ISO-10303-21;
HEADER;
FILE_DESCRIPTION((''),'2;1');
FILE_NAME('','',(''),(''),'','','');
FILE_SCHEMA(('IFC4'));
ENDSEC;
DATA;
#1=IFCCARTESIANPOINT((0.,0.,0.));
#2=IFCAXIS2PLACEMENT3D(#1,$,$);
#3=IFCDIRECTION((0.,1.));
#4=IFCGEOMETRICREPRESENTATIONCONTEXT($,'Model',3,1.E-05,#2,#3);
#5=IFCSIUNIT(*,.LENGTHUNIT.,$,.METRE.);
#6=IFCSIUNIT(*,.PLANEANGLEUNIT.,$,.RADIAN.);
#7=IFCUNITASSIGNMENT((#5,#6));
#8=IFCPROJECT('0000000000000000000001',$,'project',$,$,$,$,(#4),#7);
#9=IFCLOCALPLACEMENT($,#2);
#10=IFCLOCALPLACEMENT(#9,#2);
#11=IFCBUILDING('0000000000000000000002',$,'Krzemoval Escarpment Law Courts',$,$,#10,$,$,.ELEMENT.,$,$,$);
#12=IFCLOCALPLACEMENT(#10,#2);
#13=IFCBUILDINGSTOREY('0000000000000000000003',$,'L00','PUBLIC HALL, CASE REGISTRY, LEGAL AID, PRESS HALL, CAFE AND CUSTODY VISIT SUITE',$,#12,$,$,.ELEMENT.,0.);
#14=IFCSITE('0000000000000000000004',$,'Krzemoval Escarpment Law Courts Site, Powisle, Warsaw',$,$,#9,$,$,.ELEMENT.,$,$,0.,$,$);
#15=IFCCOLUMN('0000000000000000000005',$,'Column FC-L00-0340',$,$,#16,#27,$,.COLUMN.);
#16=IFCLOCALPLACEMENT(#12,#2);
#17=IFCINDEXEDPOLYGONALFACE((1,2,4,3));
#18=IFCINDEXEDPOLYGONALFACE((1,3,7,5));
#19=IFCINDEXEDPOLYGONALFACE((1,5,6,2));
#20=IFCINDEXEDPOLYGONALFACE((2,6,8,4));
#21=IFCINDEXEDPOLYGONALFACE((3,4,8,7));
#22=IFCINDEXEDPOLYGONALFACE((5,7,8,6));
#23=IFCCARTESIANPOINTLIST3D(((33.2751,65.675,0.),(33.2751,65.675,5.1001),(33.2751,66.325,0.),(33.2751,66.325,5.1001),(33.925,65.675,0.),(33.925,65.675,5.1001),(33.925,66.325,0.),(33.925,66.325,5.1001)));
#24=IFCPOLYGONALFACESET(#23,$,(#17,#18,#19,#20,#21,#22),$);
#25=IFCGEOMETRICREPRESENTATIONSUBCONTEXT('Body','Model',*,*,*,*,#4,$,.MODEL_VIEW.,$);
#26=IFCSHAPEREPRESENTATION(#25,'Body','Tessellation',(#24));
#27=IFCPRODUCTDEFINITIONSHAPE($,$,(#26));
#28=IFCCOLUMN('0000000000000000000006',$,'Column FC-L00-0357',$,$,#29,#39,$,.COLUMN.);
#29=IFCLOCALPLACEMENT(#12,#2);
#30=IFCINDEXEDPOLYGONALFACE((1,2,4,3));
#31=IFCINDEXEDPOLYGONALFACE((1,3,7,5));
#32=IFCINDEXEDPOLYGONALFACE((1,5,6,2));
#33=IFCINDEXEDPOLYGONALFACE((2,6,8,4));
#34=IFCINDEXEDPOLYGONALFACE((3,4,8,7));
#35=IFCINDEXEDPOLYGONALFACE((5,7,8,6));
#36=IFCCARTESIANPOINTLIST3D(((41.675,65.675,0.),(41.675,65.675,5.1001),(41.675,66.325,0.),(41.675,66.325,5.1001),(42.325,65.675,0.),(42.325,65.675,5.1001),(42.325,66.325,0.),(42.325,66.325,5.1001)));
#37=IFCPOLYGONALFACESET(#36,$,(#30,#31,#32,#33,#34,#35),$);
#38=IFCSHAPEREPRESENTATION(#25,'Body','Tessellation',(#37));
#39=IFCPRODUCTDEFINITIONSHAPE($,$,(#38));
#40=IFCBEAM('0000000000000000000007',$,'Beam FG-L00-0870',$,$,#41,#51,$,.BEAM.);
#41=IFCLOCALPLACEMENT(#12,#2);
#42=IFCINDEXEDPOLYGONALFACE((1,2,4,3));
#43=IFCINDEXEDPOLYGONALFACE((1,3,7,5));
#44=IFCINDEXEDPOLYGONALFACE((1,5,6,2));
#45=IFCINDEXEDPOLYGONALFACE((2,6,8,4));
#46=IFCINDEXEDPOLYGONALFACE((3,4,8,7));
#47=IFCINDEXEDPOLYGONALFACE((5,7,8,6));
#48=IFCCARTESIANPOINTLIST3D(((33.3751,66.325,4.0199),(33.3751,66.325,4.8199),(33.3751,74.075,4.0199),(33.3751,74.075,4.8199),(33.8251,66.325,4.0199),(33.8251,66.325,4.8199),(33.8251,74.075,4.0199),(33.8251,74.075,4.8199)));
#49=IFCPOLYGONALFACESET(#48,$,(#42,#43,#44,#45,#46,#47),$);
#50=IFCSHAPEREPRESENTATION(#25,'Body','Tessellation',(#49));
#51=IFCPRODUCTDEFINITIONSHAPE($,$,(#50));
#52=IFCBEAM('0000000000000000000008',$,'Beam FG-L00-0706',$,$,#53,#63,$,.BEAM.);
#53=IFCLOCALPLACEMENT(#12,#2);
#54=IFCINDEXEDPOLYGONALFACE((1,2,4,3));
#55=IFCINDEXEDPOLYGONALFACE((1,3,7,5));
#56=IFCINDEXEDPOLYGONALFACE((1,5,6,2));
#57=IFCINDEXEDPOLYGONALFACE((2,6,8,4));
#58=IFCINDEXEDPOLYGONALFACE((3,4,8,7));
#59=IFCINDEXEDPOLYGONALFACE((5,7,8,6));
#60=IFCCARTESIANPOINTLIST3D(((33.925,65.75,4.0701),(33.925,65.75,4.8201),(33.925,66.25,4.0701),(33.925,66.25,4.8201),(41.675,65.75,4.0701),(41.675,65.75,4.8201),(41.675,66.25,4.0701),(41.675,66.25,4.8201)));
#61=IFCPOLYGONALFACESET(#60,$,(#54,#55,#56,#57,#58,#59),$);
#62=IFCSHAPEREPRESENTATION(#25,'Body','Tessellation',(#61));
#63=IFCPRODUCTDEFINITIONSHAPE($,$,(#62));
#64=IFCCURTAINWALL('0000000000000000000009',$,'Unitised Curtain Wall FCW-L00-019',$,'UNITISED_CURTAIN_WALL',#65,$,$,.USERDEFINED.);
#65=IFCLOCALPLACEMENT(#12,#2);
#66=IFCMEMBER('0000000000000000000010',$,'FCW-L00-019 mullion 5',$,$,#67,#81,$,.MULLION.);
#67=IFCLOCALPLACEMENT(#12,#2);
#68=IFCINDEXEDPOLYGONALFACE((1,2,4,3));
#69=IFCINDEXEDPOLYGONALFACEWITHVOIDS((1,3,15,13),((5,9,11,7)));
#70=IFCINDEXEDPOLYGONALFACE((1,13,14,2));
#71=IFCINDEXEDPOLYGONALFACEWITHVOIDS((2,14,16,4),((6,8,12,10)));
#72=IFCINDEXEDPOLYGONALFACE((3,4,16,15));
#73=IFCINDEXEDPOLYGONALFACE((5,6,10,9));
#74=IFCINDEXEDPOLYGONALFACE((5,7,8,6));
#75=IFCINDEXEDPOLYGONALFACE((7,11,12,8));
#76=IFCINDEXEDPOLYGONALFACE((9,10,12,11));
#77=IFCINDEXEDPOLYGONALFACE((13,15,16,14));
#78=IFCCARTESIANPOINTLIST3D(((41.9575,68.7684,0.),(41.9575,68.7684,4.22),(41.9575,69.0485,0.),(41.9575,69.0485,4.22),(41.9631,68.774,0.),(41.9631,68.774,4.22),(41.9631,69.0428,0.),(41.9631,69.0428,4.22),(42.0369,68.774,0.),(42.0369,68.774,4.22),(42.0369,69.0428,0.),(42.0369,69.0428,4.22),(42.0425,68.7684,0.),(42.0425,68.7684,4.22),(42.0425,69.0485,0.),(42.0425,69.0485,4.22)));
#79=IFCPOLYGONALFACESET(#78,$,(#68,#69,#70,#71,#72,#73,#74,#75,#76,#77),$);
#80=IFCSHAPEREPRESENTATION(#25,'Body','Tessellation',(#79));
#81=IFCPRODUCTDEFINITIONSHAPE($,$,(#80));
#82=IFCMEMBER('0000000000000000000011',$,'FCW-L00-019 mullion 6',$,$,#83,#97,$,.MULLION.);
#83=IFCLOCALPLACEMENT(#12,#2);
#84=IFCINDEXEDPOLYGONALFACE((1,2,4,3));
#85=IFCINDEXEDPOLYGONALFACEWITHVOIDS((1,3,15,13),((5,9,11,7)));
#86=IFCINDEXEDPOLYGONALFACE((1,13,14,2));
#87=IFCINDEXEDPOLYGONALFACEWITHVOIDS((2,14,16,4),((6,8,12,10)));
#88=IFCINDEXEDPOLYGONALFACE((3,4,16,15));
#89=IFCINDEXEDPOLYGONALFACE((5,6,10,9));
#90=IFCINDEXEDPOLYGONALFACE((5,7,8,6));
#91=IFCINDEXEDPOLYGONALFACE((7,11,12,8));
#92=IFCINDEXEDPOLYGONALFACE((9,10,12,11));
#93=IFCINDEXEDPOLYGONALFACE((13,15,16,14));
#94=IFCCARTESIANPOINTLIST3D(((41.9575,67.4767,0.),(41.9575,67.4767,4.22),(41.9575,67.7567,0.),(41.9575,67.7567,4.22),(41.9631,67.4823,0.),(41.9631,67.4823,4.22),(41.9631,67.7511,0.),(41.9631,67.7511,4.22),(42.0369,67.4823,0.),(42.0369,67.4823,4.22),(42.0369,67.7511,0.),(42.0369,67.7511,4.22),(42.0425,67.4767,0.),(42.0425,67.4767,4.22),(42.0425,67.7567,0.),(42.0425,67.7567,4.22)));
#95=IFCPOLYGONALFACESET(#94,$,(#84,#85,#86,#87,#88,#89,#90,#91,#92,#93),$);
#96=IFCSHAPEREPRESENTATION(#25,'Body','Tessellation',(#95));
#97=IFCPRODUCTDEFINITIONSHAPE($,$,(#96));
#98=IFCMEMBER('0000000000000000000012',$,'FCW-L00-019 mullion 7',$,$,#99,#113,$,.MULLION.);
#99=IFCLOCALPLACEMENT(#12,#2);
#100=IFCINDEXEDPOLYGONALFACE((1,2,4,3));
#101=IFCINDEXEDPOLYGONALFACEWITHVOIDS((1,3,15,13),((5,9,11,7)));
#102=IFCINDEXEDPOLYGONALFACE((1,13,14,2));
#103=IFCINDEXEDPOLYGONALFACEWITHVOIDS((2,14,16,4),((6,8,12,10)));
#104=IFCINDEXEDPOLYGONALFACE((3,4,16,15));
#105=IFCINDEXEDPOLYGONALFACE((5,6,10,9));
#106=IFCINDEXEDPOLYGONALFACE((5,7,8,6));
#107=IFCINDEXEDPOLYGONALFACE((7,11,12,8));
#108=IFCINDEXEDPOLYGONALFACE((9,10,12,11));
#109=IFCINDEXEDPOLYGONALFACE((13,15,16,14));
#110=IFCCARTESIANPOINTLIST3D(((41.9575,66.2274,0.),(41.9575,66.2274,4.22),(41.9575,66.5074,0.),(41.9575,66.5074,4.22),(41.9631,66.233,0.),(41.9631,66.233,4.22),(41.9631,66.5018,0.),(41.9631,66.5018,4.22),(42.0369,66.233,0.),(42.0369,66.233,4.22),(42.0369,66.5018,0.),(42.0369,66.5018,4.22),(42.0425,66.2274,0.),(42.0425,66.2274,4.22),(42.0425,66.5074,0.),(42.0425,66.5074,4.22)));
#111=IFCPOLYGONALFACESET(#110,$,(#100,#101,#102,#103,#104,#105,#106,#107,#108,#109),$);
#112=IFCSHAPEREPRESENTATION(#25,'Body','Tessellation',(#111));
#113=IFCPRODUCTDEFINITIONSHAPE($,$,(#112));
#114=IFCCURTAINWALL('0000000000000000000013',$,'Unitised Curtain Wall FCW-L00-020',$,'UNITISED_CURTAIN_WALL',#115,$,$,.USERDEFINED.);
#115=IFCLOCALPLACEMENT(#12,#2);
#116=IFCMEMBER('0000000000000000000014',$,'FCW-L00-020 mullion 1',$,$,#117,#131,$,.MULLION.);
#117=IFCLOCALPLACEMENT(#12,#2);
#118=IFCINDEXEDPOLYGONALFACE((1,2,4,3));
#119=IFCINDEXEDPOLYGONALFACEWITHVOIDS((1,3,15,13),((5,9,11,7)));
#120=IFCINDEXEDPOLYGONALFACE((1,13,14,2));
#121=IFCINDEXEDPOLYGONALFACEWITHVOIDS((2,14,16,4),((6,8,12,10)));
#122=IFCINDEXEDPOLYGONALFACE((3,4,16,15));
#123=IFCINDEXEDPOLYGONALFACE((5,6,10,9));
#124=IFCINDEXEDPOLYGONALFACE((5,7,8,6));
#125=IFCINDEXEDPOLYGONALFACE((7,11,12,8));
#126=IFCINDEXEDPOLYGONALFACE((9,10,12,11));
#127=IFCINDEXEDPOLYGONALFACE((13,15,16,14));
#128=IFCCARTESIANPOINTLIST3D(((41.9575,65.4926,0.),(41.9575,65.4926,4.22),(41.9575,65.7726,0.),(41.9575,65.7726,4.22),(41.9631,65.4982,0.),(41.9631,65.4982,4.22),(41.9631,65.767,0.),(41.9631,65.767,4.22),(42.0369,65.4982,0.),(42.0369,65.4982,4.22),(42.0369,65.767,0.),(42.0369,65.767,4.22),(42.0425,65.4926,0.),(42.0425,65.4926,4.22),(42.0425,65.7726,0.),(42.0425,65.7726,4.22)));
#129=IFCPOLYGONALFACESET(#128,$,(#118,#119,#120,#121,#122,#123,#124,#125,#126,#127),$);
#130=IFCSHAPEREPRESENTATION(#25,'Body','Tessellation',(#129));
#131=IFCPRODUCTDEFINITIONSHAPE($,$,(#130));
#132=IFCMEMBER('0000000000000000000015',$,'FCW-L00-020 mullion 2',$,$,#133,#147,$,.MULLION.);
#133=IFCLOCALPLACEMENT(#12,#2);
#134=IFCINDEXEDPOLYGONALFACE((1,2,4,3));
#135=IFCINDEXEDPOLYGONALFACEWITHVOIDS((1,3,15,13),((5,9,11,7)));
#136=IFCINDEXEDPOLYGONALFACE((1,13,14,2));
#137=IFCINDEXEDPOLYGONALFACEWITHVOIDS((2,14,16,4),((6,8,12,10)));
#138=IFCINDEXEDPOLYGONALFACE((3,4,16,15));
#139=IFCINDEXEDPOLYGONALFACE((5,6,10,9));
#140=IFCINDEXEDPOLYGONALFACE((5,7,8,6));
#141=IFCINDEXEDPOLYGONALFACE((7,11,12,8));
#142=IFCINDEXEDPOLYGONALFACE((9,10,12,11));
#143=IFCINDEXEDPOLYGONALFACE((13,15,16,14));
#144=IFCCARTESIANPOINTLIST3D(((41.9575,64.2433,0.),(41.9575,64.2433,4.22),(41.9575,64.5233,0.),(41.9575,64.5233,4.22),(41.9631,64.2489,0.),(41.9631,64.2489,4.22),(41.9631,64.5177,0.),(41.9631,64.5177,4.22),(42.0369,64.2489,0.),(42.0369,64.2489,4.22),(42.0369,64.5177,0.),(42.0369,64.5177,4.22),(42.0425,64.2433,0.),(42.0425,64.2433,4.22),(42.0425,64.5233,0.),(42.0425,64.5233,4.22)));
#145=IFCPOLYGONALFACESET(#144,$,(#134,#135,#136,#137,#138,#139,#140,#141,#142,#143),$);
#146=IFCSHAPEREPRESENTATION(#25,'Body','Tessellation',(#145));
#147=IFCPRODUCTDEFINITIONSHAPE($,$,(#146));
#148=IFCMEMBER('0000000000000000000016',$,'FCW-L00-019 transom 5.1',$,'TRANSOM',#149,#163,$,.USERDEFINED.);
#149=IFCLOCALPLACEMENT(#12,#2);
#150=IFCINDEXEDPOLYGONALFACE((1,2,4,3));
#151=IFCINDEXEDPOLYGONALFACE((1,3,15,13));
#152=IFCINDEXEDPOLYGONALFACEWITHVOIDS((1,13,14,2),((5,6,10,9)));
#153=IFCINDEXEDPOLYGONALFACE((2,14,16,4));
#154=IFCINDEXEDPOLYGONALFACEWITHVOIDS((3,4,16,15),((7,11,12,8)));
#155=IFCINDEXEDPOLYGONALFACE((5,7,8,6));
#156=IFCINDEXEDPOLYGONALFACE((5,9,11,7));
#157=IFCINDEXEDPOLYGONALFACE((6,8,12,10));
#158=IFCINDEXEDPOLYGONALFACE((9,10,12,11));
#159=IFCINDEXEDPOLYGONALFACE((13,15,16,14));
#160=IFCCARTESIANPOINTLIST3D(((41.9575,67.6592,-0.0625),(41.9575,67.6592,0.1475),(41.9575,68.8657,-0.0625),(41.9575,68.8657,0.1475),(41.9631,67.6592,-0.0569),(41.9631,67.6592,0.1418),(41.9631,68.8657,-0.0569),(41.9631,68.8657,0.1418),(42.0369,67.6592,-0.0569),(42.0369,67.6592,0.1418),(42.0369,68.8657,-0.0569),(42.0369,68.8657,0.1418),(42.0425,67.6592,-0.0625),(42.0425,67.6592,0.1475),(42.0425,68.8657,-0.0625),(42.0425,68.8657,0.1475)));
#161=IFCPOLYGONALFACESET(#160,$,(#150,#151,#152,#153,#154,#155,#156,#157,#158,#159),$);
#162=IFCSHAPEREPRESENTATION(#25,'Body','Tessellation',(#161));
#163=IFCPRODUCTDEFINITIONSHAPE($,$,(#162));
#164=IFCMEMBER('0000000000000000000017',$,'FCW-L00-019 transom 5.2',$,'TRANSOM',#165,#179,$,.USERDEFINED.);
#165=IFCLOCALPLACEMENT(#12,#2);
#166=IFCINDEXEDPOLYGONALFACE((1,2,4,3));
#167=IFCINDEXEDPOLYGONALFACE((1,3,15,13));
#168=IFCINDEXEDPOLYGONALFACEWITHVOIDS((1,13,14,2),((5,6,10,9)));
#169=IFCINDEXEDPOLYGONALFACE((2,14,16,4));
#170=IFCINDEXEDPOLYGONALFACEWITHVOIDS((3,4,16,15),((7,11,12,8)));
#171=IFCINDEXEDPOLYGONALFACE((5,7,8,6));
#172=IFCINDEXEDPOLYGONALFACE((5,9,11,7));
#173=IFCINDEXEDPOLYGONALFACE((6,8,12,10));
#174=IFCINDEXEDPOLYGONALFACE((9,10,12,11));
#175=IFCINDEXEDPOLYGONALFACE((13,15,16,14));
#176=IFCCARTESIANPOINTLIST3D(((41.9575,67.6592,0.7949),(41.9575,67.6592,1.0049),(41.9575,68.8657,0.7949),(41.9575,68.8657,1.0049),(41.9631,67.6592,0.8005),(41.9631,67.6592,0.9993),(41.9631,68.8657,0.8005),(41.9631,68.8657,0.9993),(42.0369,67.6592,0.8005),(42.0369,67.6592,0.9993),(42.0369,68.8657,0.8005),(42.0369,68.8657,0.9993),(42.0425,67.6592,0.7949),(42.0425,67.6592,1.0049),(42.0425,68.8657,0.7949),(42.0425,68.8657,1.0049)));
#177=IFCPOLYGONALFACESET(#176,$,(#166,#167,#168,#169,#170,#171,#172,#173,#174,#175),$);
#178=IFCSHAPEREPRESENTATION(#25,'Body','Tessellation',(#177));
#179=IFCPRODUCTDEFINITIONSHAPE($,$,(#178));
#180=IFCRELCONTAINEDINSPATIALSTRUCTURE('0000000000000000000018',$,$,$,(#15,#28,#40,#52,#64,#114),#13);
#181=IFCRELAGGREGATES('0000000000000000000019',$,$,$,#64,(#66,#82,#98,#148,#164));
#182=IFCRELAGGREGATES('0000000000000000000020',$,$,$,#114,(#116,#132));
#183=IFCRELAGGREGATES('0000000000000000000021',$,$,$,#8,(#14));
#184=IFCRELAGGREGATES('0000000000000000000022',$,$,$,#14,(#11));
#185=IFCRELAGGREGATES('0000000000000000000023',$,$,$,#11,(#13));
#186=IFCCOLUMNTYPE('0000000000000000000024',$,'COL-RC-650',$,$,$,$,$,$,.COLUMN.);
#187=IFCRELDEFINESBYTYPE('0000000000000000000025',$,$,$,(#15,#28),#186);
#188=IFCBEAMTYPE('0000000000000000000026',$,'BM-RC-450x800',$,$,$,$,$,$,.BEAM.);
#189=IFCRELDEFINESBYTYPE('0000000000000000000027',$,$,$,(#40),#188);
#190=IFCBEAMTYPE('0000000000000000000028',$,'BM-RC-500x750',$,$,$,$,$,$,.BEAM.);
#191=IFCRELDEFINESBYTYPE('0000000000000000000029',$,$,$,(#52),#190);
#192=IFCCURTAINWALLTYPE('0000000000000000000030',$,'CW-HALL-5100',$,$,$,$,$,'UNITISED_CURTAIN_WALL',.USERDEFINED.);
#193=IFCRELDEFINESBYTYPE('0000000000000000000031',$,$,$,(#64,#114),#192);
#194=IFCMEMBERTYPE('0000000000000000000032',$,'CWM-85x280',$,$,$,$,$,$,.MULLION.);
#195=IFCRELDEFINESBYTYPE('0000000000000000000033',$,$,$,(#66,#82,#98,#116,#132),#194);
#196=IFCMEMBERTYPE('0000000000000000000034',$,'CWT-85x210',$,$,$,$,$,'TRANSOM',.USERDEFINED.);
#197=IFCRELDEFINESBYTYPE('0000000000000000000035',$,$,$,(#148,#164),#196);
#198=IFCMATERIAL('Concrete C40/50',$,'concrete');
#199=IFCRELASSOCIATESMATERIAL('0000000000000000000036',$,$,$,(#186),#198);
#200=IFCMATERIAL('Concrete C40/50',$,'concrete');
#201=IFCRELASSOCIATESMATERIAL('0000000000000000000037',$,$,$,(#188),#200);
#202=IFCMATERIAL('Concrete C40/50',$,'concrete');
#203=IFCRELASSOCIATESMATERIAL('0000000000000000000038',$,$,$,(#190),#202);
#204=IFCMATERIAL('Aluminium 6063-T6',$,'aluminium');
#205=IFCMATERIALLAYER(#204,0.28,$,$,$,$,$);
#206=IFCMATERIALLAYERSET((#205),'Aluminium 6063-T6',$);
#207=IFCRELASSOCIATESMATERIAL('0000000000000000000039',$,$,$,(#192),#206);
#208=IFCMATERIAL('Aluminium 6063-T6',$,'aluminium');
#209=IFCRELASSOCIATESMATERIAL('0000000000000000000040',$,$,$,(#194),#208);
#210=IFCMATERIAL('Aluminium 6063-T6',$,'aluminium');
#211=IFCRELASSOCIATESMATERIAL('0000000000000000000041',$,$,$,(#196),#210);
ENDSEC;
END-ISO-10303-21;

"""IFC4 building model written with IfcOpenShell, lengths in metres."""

from ifc_helpers import new_model, si_unit, direction, frame, origin, origin_2d, place, context, subcontext, project, spatial, rectangle, hollow_rectangle, extrude, material, layer, layer_set, material_profile, profile_set, type_object, element, aggregate, save


model = new_model("IFC4")

# Units and contexts
model_context = context("Model", 3, precision=1e-05, world=origin(), true_north=direction((0.0, 1.0)))
body_context = subcontext(model_context, "Body", "Model", "MODEL_VIEW")
ifc_project = project(units=[si_unit("LENGTHUNIT", "METRE"), si_unit("PLANEANGLEUNIT", "RADIAN")], contexts=[model_context])

# Site, building, storey
site_placement = place(None, origin())
site = spatial("IfcSite", under=ifc_project, at=site_placement, Name="Krzemoval Escarpment Law Courts Site, Powisle, Warsaw", CompositionType="ELEMENT", RefElevation=0.0)
building_placement = place(site_placement, origin())
building = spatial("IfcBuilding", under=site, at=building_placement, Name="Krzemoval Escarpment Law Courts", CompositionType="ELEMENT")
storey_placement = place(building_placement, origin())
storey = spatial("IfcBuildingStorey", under=building, at=storey_placement, Name="L00", Description="PUBLIC HALL, CASE REGISTRY, LEGAL AID, PRESS HALL, CAFE AND CUSTODY VISIT SUITE", CompositionType="ELEMENT", Elevation=0.0)

# Columns
ifc_material_1 = material(Name="Concrete C40/50", Category="concrete")
ifc_material_profile_1 = material_profile(ifc_material_1, rectangle(XDim=0.6499, YDim=0.6499, at=origin_2d()), Name="RC 650x650")
ifc_profile_set_1 = profile_set([ifc_material_profile_1], Name="Concrete C40/50")
column_type = type_object("IfcColumnType", Name="COL-RC-650", PredefinedType="COLUMN", material=ifc_profile_set_1)
for number, where, z_axis, x_axis, name in (
    (1, (33.6001, 66.0, 0.0), (0.0, 0.0, 1.0), (1.0, 0.0, 0.0), "Column FC-L00-0340"),
    (2, (42.0, 66.0, 0.0), (0.0, 0.0, 1.0), (1.0, 0.0, 0.0), "Column FC-L00-0357"),
):
    element("IfcColumn", number, at=place(storey_placement, frame(where, z_axis=z_axis, x_axis=x_axis)), inside=storey, type_object=column_type, Name=name, PredefinedType="COLUMN", context=body_context, shape_type="SweptSolid", body=[
        extrude(rectangle(XDim=0.6499, YDim=0.6499, at=origin_2d()), origin(), (0.0, 0.0, 1.0), 5.1001),
    ])

# Beams
ifc_material_2 = material(Name="Concrete C40/50", Category="concrete")
ifc_material_profile_2 = material_profile(ifc_material_2, rectangle(XDim=0.45, YDim=0.8, at=origin_2d()), Name="RCB 450x800")
ifc_profile_set_2 = profile_set([ifc_material_profile_2], Name="Concrete C40/50")
beam_type_1 = type_object("IfcBeamType", Name="BM-RC-450x800", PredefinedType="BEAM", material=ifc_profile_set_2)
beam_1_placement = place(storey_placement, frame((33.6001, 66.325, 4.4199), z_axis=(0.0, 1.0, 0.0), x_axis=(-1.0, 0.0, 0.0)))
element("IfcBeam", 3, at=beam_1_placement, inside=storey, type_object=beam_type_1, Name="Beam FG-L00-0870", PredefinedType="BEAM", context=body_context, shape_type="SweptSolid", body=[
    extrude(rectangle(XDim=0.45, YDim=0.8, at=origin_2d()), origin(), (0.0, 0.0, 1.0), 7.75),
])
ifc_material_3 = material(Name="Concrete C40/50", Category="concrete")
ifc_material_profile_3 = material_profile(ifc_material_3, rectangle(XDim=0.5, YDim=0.75, at=origin_2d()), Name="RCB 500x750")
ifc_profile_set_3 = profile_set([ifc_material_profile_3], Name="Concrete C40/50")
beam_type_2 = type_object("IfcBeamType", Name="BM-RC-500x750", PredefinedType="BEAM", material=ifc_profile_set_3)
beam_2_placement = place(storey_placement, frame((33.925, 66.0, 4.4451), z_axis=(1.0, 0.0, 0.0), x_axis=(0.0, 1.0, 0.0)))
element("IfcBeam", 4, at=beam_2_placement, inside=storey, type_object=beam_type_2, Name="Beam FG-L00-0706", PredefinedType="BEAM", context=body_context, shape_type="SweptSolid", body=[
    extrude(rectangle(XDim=0.5, YDim=0.75, at=origin_2d()), origin(), (0.0, 0.0, 1.0), 7.75),
])

# Curtain walls, members
ifc_material_4 = material(Name="Aluminium 6063-T6", Category="aluminium")
ifc_layer_1 = layer(ifc_material_4, 0.28)
ifc_layer_set_1 = layer_set([ifc_layer_1], Name="Aluminium 6063-T6")
curtain_wall_type = type_object("IfcCurtainWallType", Name="CW-HALL-5100", ElementType="UNITISED_CURTAIN_WALL", PredefinedType="USERDEFINED", material=ifc_layer_set_1)
curtain_wall_1_placement = place(storey_placement, origin())
curtain_wall_1 = element("IfcCurtainWall", 5, at=curtain_wall_1_placement, inside=storey, type_object=curtain_wall_type, Name="Unitised Curtain Wall FCW-L00-019", ObjectType="UNITISED_CURTAIN_WALL", PredefinedType="USERDEFINED")
ifc_material_5 = material(Name="Aluminium 6063-T6", Category="aluminium")
ifc_material_profile_4 = material_profile(ifc_material_5, hollow_rectangle(XDim=0.085, YDim=0.28, WallThickness=0.0056, at=origin_2d()), Name="ALU M85x280")
ifc_profile_set_4 = profile_set([ifc_material_profile_4], Name="Aluminium 6063-T6")
member_type_1 = type_object("IfcMemberType", Name="CWM-85x280", PredefinedType="MULLION", material=ifc_profile_set_4)
member_1_placement = place(storey_placement, frame((42.0, 68.9084, 0.0), z_axis=(0.0, 0.0, 1.0), x_axis=(1.0, 0.0, 0.0)))
member_1 = element("IfcMember", 6, at=member_1_placement, type_object=member_type_1, Name="FCW-L00-019 mullion 5", PredefinedType="MULLION", context=body_context, shape_type="SweptSolid", body=[
    extrude(hollow_rectangle(XDim=0.085, YDim=0.28, WallThickness=0.0056, at=origin_2d()), origin(), (0.0, 0.0, 1.0), 4.22),
])
member_2_placement = place(storey_placement, frame((42.0, 67.6167, 0.0), z_axis=(0.0, 0.0, 1.0), x_axis=(1.0, 0.0, 0.0)))
member_2 = element("IfcMember", 7, at=member_2_placement, type_object=member_type_1, Name="FCW-L00-019 mullion 6", PredefinedType="MULLION", context=body_context, shape_type="SweptSolid", body=[
    extrude(hollow_rectangle(XDim=0.085, YDim=0.28, WallThickness=0.0056, at=origin_2d()), origin(), (0.0, 0.0, 1.0), 4.22),
])
member_3_placement = place(storey_placement, frame((42.0, 66.3674, 0.0), z_axis=(0.0, 0.0, 1.0), x_axis=(1.0, 0.0, 0.0)))
member_3 = element("IfcMember", 8, at=member_3_placement, type_object=member_type_1, Name="FCW-L00-019 mullion 7", PredefinedType="MULLION", context=body_context, shape_type="SweptSolid", body=[
    extrude(hollow_rectangle(XDim=0.085, YDim=0.28, WallThickness=0.0056, at=origin_2d()), origin(), (0.0, 0.0, 1.0), 4.22),
])
curtain_wall_2_placement = place(storey_placement, origin())
curtain_wall_2 = element("IfcCurtainWall", 9, at=curtain_wall_2_placement, inside=storey, type_object=curtain_wall_type, Name="Unitised Curtain Wall FCW-L00-020", ObjectType="UNITISED_CURTAIN_WALL", PredefinedType="USERDEFINED")
member_4_placement = place(storey_placement, frame((42.0, 65.6326, 0.0), z_axis=(0.0, 0.0, 1.0), x_axis=(1.0, 0.0, 0.0)))
member_4 = element("IfcMember", 10, at=member_4_placement, type_object=member_type_1, Name="FCW-L00-020 mullion 1", PredefinedType="MULLION", context=body_context, shape_type="SweptSolid", body=[
    extrude(hollow_rectangle(XDim=0.085, YDim=0.28, WallThickness=0.0056, at=origin_2d()), origin(), (0.0, 0.0, 1.0), 4.22),
])
member_5_placement = place(storey_placement, frame((42.0, 64.3833, 0.0), z_axis=(0.0, 0.0, 1.0), x_axis=(1.0, 0.0, 0.0)))
member_5 = element("IfcMember", 11, at=member_5_placement, type_object=member_type_1, Name="FCW-L00-020 mullion 2", PredefinedType="MULLION", context=body_context, shape_type="SweptSolid", body=[
    extrude(hollow_rectangle(XDim=0.085, YDim=0.28, WallThickness=0.0056, at=origin_2d()), origin(), (0.0, 0.0, 1.0), 4.22),
])

# Members
ifc_material_6 = material(Name="Aluminium 6063-T6", Category="aluminium")
ifc_material_profile_5 = material_profile(ifc_material_6, hollow_rectangle(XDim=0.085, YDim=0.21, WallThickness=0.0056, at=origin_2d()), Name="ALU T85x210")
ifc_profile_set_5 = profile_set([ifc_material_profile_5], Name="Aluminium 6063-T6")
member_type_2 = type_object("IfcMemberType", Name="CWT-85x210", ElementType="TRANSOM", PredefinedType="USERDEFINED", material=ifc_profile_set_5)
member_6_placement = place(storey_placement, frame((42.0, 68.8657, 0.0425), z_axis=(0.0, -1.0, 0.0), x_axis=(1.0, 0.0, 0.0)))
member_6 = element("IfcMember", 12, at=member_6_placement, type_object=member_type_2, Name="FCW-L00-019 transom 5.1", ObjectType="TRANSOM", PredefinedType="USERDEFINED", context=body_context, shape_type="SweptSolid", body=[
    extrude(hollow_rectangle(XDim=0.085, YDim=0.21, WallThickness=0.0056, at=origin_2d()), origin(), (0.0, 0.0, 1.0), 1.2065),
])
member_7_placement = place(storey_placement, frame((42.0, 68.8657, 0.8999), z_axis=(0.0, -1.0, 0.0), x_axis=(1.0, 0.0, 0.0)))
member_7 = element("IfcMember", 13, at=member_7_placement, type_object=member_type_2, Name="FCW-L00-019 transom 5.2", ObjectType="TRANSOM", PredefinedType="USERDEFINED", context=body_context, shape_type="SweptSolid", body=[
    extrude(hollow_rectangle(XDim=0.085, YDim=0.21, WallThickness=0.0056, at=origin_2d()), origin(), (0.0, 0.0, 1.0), 1.2065),
])

aggregate(curtain_wall_1, [member_1, member_2, member_3, member_6, member_7])
aggregate(curtain_wall_2, [member_4, member_5])

save(model, "model.ifc")
